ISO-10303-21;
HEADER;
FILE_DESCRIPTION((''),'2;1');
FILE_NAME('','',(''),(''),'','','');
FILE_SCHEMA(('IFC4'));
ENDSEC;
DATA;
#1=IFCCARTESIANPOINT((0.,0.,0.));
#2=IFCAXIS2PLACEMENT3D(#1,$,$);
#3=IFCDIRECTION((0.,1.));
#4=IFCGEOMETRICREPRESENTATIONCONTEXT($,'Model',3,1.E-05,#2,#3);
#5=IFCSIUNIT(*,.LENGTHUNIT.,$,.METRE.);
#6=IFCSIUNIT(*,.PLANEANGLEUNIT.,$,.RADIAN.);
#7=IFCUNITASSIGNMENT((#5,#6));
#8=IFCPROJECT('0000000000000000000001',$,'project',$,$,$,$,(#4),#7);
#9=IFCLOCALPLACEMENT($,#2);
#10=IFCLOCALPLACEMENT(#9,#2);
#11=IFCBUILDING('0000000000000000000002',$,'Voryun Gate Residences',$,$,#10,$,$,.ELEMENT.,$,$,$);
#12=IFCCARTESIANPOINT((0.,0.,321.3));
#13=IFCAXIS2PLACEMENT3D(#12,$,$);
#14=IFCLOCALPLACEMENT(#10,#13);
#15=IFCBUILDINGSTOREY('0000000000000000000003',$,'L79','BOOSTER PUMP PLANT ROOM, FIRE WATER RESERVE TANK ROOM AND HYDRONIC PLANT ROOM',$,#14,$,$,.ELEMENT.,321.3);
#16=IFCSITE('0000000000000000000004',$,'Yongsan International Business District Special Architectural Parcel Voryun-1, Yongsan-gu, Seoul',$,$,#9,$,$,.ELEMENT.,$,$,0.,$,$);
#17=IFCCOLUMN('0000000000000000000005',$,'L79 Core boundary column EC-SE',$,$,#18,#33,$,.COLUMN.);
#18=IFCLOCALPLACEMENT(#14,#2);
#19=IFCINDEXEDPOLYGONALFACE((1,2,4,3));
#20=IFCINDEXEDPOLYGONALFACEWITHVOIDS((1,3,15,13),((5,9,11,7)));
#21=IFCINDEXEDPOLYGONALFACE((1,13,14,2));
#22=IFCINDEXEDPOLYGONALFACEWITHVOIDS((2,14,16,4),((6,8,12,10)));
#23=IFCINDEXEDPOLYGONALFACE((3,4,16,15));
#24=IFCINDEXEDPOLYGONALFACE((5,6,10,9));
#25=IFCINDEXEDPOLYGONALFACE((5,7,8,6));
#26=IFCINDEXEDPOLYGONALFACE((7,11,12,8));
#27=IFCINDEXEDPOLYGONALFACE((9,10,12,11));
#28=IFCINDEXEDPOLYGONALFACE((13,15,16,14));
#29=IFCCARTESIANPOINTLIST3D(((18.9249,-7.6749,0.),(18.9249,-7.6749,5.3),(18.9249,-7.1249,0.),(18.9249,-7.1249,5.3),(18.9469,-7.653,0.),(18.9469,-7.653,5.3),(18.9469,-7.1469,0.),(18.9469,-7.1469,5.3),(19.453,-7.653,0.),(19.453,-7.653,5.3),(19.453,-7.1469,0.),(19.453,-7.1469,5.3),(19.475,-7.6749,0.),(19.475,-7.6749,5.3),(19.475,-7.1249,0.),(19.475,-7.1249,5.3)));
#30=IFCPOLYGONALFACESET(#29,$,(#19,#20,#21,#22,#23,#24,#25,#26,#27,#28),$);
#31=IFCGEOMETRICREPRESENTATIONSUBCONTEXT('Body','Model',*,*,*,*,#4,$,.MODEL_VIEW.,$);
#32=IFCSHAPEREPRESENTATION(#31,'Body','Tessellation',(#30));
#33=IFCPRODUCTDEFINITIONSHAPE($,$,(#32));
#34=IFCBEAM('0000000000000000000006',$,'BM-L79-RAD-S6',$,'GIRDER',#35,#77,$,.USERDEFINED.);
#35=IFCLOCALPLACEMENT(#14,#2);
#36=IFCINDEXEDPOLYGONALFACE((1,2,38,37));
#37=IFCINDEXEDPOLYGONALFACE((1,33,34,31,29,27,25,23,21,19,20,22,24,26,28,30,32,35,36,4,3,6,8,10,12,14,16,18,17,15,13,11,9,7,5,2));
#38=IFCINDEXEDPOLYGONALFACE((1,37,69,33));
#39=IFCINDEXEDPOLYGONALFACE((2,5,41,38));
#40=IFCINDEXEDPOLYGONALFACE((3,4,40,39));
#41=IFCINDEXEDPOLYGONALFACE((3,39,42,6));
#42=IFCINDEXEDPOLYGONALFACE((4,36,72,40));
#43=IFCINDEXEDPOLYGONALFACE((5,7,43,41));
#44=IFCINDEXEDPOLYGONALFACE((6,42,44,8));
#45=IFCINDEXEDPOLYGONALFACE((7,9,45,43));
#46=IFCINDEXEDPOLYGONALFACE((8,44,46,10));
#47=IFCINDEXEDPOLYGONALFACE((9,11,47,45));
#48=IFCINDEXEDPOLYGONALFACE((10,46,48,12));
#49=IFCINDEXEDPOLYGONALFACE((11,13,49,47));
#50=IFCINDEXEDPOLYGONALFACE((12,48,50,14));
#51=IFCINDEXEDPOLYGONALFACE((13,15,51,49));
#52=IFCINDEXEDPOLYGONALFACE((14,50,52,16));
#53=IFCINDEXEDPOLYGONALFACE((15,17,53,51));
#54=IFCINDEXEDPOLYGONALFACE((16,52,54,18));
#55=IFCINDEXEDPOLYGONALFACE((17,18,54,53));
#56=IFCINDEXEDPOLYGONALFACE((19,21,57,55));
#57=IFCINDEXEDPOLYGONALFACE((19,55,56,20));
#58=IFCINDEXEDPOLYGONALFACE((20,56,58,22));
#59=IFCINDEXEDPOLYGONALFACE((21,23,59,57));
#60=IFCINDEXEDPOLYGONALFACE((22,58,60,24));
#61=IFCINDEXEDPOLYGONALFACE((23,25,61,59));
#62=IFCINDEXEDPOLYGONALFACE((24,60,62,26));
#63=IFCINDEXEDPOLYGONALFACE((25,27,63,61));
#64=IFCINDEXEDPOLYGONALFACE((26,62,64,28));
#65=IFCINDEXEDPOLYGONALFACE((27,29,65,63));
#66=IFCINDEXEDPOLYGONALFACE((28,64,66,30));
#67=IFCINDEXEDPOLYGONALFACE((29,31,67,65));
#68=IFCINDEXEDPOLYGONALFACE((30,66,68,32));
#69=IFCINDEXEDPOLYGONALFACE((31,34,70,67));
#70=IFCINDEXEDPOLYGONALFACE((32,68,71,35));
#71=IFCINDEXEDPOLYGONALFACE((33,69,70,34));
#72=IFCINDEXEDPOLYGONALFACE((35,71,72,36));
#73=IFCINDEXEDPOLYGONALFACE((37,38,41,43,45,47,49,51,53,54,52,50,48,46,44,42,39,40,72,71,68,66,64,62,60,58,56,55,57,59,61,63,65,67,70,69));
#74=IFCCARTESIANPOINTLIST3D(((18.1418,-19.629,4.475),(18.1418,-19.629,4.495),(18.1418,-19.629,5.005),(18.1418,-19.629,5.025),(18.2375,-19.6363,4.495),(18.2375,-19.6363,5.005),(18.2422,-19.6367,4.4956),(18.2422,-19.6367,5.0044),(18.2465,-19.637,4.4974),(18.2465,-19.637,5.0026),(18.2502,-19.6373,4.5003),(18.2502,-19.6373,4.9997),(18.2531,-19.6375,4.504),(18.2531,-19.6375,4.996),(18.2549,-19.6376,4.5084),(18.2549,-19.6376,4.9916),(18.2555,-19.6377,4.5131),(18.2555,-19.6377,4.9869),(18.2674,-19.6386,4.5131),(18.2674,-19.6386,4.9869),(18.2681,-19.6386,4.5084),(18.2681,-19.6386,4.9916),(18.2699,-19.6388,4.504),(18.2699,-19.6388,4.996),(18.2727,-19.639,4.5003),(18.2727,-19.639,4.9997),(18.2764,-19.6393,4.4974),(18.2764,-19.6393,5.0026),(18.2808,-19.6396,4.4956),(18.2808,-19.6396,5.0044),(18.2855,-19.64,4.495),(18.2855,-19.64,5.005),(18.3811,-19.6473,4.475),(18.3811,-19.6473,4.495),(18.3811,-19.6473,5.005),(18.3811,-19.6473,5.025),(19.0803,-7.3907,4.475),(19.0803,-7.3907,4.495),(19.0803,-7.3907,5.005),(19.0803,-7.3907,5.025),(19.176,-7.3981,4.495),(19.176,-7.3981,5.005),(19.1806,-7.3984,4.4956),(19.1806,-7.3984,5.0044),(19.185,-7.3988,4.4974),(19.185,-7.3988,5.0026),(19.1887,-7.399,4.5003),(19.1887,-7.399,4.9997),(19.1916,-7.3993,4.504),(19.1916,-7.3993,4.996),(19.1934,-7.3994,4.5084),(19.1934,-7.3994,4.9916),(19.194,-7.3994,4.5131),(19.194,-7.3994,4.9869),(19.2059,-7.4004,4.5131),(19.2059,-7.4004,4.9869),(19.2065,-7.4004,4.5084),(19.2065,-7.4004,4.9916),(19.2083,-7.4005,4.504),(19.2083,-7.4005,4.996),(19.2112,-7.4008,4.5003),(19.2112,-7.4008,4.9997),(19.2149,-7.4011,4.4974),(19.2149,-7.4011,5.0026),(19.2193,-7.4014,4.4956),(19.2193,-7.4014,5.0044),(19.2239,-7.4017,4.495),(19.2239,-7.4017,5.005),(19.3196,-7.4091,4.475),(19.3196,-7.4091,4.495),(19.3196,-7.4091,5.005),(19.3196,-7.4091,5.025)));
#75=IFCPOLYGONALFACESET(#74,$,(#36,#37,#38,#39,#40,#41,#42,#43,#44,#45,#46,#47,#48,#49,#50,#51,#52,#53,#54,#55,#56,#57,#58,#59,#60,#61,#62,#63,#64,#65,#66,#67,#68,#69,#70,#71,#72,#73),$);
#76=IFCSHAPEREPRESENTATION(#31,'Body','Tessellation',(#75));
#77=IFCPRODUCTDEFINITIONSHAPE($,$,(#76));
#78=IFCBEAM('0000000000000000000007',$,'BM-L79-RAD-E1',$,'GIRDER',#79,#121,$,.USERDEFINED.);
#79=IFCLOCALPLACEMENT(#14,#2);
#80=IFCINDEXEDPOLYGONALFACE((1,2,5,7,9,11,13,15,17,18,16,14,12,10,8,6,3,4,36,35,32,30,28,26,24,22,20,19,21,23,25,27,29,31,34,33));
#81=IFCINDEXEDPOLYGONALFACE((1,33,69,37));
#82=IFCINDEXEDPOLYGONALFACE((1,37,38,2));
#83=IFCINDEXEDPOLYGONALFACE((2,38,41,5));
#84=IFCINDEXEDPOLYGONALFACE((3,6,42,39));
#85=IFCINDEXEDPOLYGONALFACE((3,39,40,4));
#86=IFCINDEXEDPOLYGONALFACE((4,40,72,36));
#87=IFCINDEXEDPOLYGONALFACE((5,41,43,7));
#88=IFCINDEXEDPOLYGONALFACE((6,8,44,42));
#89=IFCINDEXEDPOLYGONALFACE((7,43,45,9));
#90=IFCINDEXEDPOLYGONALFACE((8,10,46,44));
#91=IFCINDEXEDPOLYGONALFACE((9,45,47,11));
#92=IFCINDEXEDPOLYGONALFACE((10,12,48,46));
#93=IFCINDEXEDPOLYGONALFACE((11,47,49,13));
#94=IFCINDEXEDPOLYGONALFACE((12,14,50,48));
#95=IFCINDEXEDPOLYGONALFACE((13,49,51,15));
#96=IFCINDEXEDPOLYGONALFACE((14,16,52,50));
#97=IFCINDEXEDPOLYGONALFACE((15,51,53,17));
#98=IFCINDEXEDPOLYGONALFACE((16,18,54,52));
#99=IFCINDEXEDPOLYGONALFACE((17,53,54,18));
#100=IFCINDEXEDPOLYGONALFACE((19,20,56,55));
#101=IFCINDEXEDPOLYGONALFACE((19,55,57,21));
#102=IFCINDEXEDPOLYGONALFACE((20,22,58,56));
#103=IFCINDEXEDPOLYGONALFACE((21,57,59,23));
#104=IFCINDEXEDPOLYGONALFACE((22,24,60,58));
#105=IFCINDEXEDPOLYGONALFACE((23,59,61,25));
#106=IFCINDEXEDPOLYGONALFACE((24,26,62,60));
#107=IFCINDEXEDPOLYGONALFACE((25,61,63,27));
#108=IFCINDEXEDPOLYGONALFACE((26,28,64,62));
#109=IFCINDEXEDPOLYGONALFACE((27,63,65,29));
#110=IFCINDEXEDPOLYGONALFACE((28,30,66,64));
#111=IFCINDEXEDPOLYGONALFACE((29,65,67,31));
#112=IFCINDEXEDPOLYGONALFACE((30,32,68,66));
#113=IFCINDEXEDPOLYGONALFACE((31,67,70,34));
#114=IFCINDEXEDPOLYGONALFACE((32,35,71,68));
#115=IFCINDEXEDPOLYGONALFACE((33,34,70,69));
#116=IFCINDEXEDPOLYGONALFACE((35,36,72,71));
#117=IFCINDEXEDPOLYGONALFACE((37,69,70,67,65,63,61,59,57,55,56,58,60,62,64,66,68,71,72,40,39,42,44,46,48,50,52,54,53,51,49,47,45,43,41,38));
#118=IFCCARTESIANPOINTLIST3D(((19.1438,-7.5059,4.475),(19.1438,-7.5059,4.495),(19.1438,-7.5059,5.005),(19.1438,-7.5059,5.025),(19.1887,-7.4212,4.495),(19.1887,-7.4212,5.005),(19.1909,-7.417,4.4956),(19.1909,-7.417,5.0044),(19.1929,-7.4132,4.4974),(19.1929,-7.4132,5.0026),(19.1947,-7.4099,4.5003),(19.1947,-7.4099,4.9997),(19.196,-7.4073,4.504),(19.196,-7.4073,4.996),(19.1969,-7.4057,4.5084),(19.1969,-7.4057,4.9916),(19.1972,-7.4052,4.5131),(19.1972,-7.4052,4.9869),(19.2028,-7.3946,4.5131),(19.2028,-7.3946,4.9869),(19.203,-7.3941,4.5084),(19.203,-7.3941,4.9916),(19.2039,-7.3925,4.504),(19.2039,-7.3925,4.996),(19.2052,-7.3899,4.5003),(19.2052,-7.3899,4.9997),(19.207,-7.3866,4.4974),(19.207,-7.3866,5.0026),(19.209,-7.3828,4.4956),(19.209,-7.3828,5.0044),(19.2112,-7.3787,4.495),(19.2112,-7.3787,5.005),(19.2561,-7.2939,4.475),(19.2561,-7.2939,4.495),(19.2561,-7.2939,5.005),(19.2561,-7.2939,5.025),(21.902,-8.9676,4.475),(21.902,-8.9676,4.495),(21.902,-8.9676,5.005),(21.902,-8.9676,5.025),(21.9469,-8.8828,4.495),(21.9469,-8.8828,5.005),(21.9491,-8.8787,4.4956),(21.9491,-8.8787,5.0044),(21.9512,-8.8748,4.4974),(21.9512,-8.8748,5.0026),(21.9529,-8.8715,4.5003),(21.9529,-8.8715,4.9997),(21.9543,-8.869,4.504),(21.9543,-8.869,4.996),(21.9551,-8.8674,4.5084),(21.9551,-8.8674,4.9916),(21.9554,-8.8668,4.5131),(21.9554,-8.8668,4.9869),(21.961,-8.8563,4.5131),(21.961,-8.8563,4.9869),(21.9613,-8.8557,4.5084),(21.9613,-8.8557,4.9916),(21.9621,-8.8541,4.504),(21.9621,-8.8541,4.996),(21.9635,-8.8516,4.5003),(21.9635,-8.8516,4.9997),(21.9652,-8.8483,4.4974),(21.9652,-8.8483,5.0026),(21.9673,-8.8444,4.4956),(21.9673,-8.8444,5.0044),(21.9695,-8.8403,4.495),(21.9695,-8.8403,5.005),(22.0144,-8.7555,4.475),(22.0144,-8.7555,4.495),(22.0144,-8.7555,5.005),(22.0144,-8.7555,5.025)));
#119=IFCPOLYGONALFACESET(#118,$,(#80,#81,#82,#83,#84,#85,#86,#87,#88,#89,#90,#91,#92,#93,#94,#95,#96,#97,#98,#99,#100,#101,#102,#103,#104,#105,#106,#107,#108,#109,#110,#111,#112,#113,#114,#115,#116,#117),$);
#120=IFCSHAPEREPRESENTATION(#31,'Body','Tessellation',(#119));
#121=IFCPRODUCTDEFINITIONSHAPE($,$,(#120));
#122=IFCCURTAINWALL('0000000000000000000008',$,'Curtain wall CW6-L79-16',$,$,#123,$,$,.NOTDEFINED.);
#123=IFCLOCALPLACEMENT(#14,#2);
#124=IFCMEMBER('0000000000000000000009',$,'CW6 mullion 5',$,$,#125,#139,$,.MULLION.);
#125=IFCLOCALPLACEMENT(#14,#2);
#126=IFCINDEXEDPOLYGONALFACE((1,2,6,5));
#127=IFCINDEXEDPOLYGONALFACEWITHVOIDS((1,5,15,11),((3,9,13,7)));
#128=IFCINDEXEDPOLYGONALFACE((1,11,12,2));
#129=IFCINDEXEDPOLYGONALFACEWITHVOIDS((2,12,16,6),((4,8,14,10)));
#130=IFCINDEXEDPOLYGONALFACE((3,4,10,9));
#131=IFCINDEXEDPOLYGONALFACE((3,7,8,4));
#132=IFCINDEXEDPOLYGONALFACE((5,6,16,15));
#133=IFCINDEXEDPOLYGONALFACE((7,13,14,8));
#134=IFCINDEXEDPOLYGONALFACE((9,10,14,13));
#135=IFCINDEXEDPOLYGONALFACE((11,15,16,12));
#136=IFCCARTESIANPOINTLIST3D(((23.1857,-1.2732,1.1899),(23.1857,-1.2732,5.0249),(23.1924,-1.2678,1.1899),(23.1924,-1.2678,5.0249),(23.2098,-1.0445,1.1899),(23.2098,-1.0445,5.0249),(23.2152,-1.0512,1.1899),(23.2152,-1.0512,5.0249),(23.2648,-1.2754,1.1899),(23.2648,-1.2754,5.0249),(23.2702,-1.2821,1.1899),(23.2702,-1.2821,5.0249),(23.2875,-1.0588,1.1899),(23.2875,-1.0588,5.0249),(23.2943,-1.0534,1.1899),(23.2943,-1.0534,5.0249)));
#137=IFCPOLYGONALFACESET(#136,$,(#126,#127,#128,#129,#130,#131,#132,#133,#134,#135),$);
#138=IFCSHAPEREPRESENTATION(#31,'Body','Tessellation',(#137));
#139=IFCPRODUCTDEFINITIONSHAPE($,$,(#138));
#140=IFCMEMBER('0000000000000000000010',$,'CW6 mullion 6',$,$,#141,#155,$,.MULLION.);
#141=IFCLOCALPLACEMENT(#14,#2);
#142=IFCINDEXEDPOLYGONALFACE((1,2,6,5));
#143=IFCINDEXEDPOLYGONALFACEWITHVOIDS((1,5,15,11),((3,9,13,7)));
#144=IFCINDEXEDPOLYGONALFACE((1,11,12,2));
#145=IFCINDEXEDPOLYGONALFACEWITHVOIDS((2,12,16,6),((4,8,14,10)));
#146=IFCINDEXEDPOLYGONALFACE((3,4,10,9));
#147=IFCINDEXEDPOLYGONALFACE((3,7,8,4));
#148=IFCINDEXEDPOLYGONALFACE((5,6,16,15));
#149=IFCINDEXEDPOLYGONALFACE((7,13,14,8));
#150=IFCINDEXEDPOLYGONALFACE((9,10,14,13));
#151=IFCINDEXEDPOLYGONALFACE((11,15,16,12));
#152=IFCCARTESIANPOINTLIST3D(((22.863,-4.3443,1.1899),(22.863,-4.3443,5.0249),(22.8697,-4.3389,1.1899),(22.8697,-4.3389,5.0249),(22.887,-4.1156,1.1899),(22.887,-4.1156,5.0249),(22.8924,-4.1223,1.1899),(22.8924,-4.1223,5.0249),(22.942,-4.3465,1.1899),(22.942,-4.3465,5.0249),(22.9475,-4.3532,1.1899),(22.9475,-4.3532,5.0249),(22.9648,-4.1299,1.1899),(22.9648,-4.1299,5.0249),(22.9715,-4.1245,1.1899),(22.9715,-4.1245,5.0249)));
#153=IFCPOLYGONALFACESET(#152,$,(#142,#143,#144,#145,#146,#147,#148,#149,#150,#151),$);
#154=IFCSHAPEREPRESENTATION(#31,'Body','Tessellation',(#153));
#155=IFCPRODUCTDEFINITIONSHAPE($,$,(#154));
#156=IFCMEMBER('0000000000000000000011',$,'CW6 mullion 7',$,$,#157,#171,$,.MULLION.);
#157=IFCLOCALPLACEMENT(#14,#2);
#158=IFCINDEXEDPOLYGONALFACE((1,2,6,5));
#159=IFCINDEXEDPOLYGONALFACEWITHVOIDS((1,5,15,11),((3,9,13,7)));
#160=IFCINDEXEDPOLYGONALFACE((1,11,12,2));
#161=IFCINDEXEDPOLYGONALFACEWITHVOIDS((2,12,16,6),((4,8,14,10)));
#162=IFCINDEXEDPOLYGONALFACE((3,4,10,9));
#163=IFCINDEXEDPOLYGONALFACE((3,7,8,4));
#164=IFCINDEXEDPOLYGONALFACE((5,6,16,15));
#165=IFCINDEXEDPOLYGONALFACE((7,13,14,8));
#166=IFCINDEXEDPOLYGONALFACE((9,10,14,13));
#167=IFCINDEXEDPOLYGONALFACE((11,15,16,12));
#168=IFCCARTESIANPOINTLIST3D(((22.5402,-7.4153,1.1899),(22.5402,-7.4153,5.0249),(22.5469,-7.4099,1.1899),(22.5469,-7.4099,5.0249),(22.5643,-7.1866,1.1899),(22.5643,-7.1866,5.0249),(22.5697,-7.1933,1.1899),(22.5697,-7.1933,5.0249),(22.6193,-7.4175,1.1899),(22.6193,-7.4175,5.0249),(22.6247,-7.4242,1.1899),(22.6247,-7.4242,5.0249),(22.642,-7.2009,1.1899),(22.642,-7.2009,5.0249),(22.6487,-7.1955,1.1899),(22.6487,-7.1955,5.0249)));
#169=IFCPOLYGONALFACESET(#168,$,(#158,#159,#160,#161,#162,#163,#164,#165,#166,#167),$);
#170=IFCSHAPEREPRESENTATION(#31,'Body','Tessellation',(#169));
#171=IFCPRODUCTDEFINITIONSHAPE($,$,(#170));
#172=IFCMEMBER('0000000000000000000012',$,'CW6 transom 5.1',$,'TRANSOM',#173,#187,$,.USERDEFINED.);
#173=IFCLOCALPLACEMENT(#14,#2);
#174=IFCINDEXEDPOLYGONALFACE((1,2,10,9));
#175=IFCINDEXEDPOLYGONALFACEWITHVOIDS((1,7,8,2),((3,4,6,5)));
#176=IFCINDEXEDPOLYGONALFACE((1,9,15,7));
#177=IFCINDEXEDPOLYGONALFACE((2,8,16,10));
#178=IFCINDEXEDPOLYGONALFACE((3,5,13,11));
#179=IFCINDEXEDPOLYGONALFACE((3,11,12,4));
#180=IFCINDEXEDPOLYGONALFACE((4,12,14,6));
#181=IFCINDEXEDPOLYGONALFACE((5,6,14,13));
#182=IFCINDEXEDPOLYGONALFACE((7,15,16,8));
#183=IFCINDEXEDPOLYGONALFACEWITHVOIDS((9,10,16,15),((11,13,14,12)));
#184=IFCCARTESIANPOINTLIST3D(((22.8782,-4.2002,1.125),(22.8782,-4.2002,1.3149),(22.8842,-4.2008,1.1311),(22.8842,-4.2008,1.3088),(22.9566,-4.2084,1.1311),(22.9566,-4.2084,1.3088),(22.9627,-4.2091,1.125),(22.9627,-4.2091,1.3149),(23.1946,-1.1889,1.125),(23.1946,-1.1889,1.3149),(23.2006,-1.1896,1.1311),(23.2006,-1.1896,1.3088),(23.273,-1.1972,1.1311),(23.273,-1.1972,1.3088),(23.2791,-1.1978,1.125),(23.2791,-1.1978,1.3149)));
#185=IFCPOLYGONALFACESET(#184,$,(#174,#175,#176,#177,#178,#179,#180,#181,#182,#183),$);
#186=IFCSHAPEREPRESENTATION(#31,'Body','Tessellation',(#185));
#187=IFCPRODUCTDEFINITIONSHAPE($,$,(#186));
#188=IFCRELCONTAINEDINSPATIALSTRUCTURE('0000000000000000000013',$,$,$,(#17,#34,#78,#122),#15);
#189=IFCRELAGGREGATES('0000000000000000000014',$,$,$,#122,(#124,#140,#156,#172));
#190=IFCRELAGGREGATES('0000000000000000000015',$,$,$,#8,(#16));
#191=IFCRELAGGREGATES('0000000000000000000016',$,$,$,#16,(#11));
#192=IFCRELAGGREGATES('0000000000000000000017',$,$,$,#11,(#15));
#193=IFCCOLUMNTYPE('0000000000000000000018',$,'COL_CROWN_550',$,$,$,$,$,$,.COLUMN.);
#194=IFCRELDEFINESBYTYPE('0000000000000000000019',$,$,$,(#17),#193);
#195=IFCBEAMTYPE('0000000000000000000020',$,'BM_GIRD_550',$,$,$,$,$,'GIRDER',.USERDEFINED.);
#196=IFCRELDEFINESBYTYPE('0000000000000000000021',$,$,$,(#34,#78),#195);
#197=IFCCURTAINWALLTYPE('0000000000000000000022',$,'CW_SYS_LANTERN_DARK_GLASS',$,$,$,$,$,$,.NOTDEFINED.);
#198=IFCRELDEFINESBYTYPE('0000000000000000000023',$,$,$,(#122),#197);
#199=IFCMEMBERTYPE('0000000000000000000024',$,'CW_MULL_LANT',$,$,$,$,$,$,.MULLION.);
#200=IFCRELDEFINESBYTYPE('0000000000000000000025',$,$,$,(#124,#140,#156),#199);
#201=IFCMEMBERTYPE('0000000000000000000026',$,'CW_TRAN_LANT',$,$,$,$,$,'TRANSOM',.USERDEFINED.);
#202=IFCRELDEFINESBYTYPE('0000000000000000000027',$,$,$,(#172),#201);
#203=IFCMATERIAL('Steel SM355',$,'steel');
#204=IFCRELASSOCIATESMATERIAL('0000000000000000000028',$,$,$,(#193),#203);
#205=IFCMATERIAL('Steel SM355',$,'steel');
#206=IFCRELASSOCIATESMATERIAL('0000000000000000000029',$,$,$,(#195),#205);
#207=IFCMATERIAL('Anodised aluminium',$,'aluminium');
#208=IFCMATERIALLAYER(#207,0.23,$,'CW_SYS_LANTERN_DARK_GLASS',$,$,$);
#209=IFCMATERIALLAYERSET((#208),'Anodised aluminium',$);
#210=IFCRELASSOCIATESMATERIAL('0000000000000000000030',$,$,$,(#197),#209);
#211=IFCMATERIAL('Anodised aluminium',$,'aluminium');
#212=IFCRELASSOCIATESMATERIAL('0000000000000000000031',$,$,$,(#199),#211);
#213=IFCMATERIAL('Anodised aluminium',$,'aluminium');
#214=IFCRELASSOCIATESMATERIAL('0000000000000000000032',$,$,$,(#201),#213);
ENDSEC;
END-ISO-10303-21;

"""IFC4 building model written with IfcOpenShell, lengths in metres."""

from ifc_helpers import new_model, si_unit, direction, frame, origin, origin_2d, place, context, subcontext, project, spatial, hollow_rectangle, i_section, extrude, material, layer, layer_set, material_profile, profile_set, type_object, element, aggregate, save


model = new_model("IFC4")

# Units and contexts
model_context = context("Model", 3, precision=1e-05, world=origin(), true_north=direction((0.0, 1.0)))
body_context = subcontext(model_context, "Body", "Model", "MODEL_VIEW")
ifc_project = project(units=[si_unit("LENGTHUNIT", "METRE"), si_unit("PLANEANGLEUNIT", "RADIAN")], contexts=[model_context])

# Site, building, storey
site_placement = place(None, origin())
site = spatial("IfcSite", under=ifc_project, at=site_placement, Name="Yongsan International Business District Special Architectural Parcel Voryun-1, Yongsan-gu, Seoul", CompositionType="ELEMENT", RefElevation=0.0)
building_placement = place(site_placement, origin())
building = spatial("IfcBuilding", under=site, at=building_placement, Name="Voryun Gate Residences", CompositionType="ELEMENT")
storey_placement = place(building_placement, frame((0.0, 0.0, 321.3)))
storey = spatial("IfcBuildingStorey", under=building, at=storey_placement, Name="L79", Description="BOOSTER PUMP PLANT ROOM, FIRE WATER RESERVE TANK ROOM AND HYDRONIC PLANT ROOM", CompositionType="ELEMENT", Elevation=321.3)

# Column
ifc_material_1 = material(Name="Steel SM355", Category="steel")
ifc_material_profile_1 = material_profile(ifc_material_1, hollow_rectangle(XDim=0.55, YDim=0.55, WallThickness=0.022, at=origin_2d()), Name="BOX-550x550x22")
ifc_profile_set_1 = profile_set([ifc_material_profile_1], Name="Steel SM355")
column_type = type_object("IfcColumnType", Name="COL_CROWN_550", PredefinedType="COLUMN", material=ifc_profile_set_1)
column_placement = place(storey_placement, frame((19.2, -7.3999, 0.0), z_axis=(0.0, 0.0, 1.0), x_axis=(1.0, 0.0, 0.0)))
element("IfcColumn", 1, at=column_placement, inside=storey, type_object=column_type, Name="L79 Core boundary column EC-SE", PredefinedType="COLUMN", context=body_context, shape_type="SweptSolid", body=[
    extrude(hollow_rectangle(XDim=0.55, YDim=0.55, WallThickness=0.022, at=origin_2d()), origin(), (0.0, 0.0, 1.0), 5.3),
])

# Beams
ifc_material_2 = material(Name="Steel SM355", Category="steel")
ifc_material_profile_2 = material_profile(ifc_material_2, i_section(OverallWidth=0.24, OverallDepth=0.55, WebThickness=0.012, FlangeThickness=0.02, FilletRadius=0.0181, at=origin_2d()), Name="H-550x240x12x20")
ifc_profile_set_2 = profile_set([ifc_material_profile_2], Name="Steel SM355")
beam_type = type_object("IfcBeamType", Name="BM_GIRD_550", ElementType="GIRDER", PredefinedType="USERDEFINED", material=ifc_profile_set_2)
beam_1_placement = place(storey_placement, frame((19.2, -7.3999, 4.75), z_axis=(-0.076459, -0.997073, 0.0), x_axis=(0.997073, -0.076459, 0.0)))
element("IfcBeam", 2, at=beam_1_placement, inside=storey, type_object=beam_type, Name="BM-L79-RAD-S6", ObjectType="GIRDER", PredefinedType="USERDEFINED", context=body_context, shape_type="SweptSolid", body=[
    extrude(i_section(OverallWidth=0.24, OverallDepth=0.55, WebThickness=0.012, FlangeThickness=0.02, FilletRadius=0.0181, at=origin_2d()), origin(), (0.0, 0.0, 1.0), 12.2742),
])
beam_2_placement = place(storey_placement, frame((19.2, -7.3999, 4.75), z_axis=(0.883603, -0.468236, 0.0), x_axis=(0.468236, 0.883603, 0.0)))
element("IfcBeam", 3, at=beam_2_placement, inside=storey, type_object=beam_type, Name="BM-L79-RAD-E1", ObjectType="GIRDER", PredefinedType="USERDEFINED", context=body_context, shape_type="SweptSolid", body=[
    extrude(i_section(OverallWidth=0.24, OverallDepth=0.55, WebThickness=0.012, FlangeThickness=0.02, FilletRadius=0.0181, at=origin_2d()), origin(), (0.0, 0.0, 1.0), 3.1216),
])

# Curtain wall, members
ifc_material_3 = material(Name="Anodised aluminium", Category="aluminium")
ifc_layer_1 = layer(ifc_material_3, 0.23, Name="CW_SYS_LANTERN_DARK_GLASS")
ifc_layer_set_1 = layer_set([ifc_layer_1], Name="Anodised aluminium")
curtain_wall_type = type_object("IfcCurtainWallType", Name="CW_SYS_LANTERN_DARK_GLASS", PredefinedType="NOTDEFINED", material=ifc_layer_set_1)
curtain_wall_placement = place(storey_placement, origin())
curtain_wall = element("IfcCurtainWall", 4, at=curtain_wall_placement, inside=storey, type_object=curtain_wall_type, Name="Curtain wall CW6-L79-16", PredefinedType="NOTDEFINED")
ifc_material_4 = material(Name="Anodised aluminium", Category="aluminium")
ifc_material_profile_3 = material_profile(ifc_material_4, hollow_rectangle(XDim=0.085, YDim=0.23, WallThickness=0.0061, at=origin_2d()), Name="ALU-MULL-230x85x6")
ifc_profile_set_3 = profile_set([ifc_material_profile_3], Name="Anodised aluminium")
member_type_1 = type_object("IfcMemberType", Name="CW_MULL_LANT", PredefinedType="MULLION", material=ifc_profile_set_3)
member_1_placement = place(storey_placement, frame((23.24, -1.1633, 1.1899), z_axis=(0.0, 0.0, 1.0), x_axis=(0.994522, -0.104528, 0.0)))
member_1 = element("IfcMember", 5, at=member_1_placement, type_object=member_type_1, Name="CW6 mullion 5", PredefinedType="MULLION", context=body_context, shape_type="SweptSolid", body=[
    extrude(hollow_rectangle(XDim=0.085, YDim=0.23, WallThickness=0.0061, at=origin_2d()), origin(), (0.0, 0.0, 1.0), 3.835),
])
member_2_placement = place(storey_placement, frame((22.9172, -4.2344, 1.1899), z_axis=(0.0, 0.0, 1.0), x_axis=(0.994522, -0.104528, 0.0)))
member_2 = element("IfcMember", 6, at=member_2_placement, type_object=member_type_1, Name="CW6 mullion 6", PredefinedType="MULLION", context=body_context, shape_type="SweptSolid", body=[
    extrude(hollow_rectangle(XDim=0.085, YDim=0.23, WallThickness=0.0061, at=origin_2d()), origin(), (0.0, 0.0, 1.0), 3.835),
])
member_3_placement = place(storey_placement, frame((22.5945, -7.3054, 1.1899), z_axis=(0.0, 0.0, 1.0), x_axis=(0.994522, -0.104528, 0.0)))
member_3 = element("IfcMember", 7, at=member_3_placement, type_object=member_type_1, Name="CW6 mullion 7", PredefinedType="MULLION", context=body_context, shape_type="SweptSolid", body=[
    extrude(hollow_rectangle(XDim=0.085, YDim=0.23, WallThickness=0.0061, at=origin_2d()), origin(), (0.0, 0.0, 1.0), 3.835),
])
ifc_material_5 = material(Name="Anodised aluminium", Category="aluminium")
ifc_material_profile_4 = material_profile(ifc_material_5, hollow_rectangle(XDim=0.085, YDim=0.1899, WallThickness=0.0061, at=origin_2d()), Name="ALU-TRAN-190x85x6")
ifc_profile_set_4 = profile_set([ifc_material_profile_4], Name="Anodised aluminium")
member_type_2 = type_object("IfcMemberType", Name="CW_TRAN_LANT", ElementType="TRANSOM", PredefinedType="USERDEFINED", material=ifc_profile_set_4)
member_4_placement = place(storey_placement, frame((23.2368, -1.1934, 1.22), z_axis=(-0.1045, -0.994525, 0.0), x_axis=(0.994525, -0.1045, 0.0)))
member_4 = element("IfcMember", 8, at=member_4_placement, type_object=member_type_2, Name="CW6 transom 5.1", ObjectType="TRANSOM", PredefinedType="USERDEFINED", context=body_context, shape_type="SweptSolid", body=[
    extrude(hollow_rectangle(XDim=0.085, YDim=0.1899, WallThickness=0.0061, at=origin_2d()), origin(), (0.0, 0.0, 1.0), 3.0278),
])

aggregate(curtain_wall, [member_1, member_2, member_3, member_4])

save(model, "model.ifc")
